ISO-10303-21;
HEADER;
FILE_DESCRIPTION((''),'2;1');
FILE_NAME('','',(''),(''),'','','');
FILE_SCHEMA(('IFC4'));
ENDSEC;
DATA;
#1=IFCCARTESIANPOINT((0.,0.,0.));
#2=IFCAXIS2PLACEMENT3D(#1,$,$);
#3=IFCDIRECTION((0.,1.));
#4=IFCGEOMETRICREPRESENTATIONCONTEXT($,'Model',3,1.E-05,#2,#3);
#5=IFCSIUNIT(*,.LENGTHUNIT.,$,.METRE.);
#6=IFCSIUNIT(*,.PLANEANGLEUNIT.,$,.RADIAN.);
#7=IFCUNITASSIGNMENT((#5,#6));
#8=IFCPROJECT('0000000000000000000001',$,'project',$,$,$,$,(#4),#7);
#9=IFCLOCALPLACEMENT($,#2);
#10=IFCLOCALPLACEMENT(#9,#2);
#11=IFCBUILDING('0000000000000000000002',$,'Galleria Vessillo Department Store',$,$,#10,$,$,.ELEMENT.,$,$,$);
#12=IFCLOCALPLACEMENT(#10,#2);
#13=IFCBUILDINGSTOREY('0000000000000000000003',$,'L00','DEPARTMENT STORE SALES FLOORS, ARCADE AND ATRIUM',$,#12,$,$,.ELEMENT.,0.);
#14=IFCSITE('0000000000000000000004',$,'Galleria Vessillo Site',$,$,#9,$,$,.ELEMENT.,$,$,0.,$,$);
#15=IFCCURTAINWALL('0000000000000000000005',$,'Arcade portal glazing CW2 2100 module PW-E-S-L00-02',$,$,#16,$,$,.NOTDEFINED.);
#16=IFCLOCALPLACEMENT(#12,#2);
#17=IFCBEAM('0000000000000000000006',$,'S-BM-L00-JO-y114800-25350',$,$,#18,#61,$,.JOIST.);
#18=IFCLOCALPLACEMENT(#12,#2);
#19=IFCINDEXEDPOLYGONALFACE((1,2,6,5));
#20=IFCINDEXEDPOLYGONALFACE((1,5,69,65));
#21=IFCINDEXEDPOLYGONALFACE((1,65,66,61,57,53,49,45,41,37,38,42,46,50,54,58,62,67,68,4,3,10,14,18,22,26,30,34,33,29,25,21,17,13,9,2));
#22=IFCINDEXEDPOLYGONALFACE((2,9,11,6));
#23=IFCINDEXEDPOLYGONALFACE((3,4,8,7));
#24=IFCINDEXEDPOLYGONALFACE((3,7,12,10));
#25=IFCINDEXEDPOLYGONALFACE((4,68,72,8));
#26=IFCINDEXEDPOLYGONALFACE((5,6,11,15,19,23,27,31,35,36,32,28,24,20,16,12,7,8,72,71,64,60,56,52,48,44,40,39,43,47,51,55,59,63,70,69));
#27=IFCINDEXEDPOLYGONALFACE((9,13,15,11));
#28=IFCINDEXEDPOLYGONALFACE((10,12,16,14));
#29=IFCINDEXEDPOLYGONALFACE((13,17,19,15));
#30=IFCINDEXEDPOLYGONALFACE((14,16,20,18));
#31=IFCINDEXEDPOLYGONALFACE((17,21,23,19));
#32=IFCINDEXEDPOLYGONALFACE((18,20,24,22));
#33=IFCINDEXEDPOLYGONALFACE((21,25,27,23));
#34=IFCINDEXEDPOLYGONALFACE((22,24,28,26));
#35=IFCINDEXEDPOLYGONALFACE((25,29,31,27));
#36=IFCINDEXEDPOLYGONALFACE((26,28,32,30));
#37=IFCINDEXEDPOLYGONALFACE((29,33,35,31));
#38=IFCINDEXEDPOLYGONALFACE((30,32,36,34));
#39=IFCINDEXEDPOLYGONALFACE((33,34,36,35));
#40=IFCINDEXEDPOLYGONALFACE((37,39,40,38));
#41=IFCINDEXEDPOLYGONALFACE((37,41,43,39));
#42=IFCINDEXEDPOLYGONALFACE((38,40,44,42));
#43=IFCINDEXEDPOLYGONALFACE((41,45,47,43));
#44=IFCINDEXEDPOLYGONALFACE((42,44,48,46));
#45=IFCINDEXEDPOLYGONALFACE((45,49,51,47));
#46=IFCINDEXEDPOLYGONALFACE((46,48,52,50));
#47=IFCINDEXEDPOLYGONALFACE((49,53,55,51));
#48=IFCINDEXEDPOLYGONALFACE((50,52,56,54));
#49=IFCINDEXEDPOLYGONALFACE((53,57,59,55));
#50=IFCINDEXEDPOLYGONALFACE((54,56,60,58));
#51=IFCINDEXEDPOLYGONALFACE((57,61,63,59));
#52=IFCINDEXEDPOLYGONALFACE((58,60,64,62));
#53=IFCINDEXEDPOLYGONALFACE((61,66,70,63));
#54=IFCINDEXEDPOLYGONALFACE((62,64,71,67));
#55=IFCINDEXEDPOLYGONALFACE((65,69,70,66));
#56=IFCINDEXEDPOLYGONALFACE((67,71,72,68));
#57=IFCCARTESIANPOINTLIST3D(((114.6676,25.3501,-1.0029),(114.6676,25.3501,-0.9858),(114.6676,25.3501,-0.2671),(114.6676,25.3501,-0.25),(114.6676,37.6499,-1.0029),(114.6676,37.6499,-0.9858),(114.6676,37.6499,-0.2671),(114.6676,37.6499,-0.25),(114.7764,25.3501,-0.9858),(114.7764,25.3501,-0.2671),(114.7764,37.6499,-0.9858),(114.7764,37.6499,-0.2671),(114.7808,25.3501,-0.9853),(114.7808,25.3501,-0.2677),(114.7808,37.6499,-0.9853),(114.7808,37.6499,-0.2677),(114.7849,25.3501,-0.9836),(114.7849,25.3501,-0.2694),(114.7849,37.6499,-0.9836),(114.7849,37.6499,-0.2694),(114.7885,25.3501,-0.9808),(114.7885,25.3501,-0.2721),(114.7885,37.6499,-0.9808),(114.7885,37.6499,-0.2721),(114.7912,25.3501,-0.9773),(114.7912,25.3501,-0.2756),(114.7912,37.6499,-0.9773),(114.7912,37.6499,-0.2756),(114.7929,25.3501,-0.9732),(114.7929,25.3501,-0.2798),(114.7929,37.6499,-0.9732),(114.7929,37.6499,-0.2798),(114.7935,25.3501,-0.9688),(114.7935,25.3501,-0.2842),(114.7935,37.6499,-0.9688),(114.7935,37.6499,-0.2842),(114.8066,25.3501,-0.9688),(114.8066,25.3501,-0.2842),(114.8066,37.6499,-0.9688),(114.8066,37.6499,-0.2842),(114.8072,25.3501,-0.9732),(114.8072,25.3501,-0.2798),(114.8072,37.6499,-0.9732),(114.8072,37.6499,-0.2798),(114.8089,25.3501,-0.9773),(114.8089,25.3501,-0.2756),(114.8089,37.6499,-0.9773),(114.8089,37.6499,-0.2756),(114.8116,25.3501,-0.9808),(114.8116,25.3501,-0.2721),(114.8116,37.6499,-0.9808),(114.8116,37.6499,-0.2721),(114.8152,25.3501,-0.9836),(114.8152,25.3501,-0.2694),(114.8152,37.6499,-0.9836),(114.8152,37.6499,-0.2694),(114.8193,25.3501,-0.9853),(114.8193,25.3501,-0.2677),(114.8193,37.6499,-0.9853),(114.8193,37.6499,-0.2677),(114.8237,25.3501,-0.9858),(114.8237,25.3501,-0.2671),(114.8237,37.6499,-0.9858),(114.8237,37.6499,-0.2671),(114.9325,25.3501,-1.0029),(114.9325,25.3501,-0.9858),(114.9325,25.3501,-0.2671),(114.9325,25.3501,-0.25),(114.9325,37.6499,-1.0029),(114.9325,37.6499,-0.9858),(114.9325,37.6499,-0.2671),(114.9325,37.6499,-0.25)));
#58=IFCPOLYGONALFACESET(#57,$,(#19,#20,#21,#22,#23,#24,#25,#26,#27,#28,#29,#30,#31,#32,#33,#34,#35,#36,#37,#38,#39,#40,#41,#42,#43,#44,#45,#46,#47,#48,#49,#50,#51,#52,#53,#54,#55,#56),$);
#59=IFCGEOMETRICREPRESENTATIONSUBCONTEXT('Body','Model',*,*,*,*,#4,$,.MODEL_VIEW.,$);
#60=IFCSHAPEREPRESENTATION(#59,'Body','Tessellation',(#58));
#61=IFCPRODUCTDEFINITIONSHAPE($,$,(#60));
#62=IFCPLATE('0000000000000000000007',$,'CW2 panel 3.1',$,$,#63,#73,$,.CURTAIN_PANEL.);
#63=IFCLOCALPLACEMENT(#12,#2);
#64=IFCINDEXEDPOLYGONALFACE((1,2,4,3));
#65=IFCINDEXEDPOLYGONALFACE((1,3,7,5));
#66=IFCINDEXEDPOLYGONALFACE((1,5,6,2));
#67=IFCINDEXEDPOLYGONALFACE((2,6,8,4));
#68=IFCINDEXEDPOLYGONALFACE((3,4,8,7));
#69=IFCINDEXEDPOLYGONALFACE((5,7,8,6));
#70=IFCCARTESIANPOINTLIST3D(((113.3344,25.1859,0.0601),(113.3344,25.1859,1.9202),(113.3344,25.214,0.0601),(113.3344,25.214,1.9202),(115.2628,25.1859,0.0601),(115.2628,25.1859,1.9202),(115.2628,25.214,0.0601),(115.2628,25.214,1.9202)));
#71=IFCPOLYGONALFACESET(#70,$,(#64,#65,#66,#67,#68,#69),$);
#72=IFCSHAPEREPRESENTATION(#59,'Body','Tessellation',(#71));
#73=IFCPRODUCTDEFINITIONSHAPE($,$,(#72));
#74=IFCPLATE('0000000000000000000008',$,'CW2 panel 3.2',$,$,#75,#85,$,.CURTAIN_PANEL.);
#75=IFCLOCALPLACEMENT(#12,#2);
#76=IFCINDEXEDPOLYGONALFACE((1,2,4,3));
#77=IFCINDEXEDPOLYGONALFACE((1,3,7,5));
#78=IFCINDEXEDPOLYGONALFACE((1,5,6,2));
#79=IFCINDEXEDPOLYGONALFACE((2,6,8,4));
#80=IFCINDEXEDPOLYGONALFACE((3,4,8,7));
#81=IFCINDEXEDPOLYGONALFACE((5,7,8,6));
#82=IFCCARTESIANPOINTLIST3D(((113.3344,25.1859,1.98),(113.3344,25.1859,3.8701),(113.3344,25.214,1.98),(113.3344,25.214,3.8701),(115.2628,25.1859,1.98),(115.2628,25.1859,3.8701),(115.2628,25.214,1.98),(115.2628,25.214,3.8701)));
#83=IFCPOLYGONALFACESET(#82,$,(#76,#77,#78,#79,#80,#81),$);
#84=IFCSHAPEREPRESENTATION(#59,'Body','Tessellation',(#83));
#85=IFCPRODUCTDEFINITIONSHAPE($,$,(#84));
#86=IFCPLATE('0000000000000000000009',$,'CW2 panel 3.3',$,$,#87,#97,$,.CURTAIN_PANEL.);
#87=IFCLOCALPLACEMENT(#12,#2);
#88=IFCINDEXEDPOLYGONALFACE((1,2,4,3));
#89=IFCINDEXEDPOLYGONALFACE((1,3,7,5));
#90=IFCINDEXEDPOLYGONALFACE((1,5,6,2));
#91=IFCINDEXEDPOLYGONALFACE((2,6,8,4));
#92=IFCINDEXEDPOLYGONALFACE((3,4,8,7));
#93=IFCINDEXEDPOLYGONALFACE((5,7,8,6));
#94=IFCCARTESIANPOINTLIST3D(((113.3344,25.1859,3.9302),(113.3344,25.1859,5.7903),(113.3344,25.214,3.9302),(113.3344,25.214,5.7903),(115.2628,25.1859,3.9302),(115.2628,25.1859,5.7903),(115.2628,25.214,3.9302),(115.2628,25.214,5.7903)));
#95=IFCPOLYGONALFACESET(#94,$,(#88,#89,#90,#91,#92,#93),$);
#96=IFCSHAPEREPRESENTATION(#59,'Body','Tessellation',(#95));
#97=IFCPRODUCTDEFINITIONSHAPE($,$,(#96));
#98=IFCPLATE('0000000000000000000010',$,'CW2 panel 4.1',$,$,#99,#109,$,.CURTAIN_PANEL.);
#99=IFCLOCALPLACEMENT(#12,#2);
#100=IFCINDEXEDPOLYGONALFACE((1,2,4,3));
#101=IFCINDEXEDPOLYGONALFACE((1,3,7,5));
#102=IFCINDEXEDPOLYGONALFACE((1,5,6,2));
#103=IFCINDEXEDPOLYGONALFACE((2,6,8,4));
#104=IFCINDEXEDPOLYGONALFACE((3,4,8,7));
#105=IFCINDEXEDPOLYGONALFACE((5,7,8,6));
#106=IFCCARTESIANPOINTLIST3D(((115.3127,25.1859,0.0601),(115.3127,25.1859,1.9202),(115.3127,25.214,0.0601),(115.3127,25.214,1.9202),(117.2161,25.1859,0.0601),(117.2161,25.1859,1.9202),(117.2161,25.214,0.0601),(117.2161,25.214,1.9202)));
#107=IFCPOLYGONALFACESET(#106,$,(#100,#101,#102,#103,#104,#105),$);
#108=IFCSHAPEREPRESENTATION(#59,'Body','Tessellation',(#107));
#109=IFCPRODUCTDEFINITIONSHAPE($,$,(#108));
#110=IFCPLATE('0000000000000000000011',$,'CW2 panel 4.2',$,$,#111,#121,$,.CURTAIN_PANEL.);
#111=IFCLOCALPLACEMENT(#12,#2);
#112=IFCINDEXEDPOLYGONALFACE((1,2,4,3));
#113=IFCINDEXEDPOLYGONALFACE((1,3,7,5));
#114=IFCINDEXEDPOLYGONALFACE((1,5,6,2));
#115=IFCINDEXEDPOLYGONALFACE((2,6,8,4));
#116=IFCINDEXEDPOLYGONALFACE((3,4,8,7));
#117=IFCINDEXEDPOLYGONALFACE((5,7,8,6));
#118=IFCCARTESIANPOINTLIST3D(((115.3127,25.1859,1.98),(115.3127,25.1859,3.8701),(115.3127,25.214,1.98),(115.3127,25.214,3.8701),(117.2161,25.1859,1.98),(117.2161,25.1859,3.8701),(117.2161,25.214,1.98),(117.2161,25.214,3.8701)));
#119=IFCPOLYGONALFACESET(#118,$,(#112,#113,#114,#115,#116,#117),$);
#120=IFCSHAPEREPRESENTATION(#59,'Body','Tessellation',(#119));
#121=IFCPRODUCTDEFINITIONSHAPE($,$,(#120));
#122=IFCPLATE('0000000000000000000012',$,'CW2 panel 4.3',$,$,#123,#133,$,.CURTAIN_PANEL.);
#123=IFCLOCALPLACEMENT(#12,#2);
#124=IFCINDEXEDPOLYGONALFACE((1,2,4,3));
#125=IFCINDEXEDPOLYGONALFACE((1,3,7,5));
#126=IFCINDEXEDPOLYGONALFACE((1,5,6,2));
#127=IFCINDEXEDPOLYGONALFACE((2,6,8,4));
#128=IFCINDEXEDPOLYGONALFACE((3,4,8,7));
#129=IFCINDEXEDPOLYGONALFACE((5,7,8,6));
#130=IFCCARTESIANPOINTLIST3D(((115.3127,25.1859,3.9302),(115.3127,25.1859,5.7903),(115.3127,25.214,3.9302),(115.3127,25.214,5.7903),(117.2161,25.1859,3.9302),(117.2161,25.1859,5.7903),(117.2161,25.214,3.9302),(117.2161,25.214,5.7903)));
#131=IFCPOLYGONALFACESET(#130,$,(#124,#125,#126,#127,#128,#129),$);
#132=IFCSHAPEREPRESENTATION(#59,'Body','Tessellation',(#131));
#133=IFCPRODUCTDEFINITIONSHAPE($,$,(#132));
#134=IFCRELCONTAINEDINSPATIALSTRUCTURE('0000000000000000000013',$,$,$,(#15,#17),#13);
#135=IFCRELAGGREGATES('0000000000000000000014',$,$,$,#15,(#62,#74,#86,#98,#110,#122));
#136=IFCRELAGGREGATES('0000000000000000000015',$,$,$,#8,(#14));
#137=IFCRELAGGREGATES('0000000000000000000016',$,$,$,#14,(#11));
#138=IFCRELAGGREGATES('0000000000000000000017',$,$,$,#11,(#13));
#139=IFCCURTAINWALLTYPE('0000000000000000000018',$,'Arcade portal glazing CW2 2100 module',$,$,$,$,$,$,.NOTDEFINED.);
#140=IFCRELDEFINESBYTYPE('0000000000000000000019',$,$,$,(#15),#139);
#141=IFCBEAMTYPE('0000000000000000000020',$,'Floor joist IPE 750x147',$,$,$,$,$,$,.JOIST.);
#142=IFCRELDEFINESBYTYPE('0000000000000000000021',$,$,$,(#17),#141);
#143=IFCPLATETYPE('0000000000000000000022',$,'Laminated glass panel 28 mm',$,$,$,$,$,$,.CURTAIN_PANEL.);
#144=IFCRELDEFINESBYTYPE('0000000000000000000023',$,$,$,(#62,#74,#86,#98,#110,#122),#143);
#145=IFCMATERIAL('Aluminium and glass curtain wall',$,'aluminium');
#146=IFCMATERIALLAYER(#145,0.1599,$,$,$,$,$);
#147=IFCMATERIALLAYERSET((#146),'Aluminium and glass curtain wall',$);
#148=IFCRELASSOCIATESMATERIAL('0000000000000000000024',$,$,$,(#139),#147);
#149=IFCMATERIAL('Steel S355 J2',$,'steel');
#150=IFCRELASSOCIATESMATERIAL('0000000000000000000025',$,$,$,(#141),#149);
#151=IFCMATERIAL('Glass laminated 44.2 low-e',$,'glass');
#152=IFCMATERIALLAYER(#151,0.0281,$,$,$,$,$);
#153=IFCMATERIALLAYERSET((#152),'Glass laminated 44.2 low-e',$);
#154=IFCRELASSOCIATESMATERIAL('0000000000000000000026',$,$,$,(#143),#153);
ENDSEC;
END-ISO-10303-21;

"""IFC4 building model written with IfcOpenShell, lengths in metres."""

from ifc_helpers import new_model, si_unit, direction, frame, origin, origin_2d, place, context, subcontext, project, spatial, rectangle, i_section, extrude, material, layer, layer_set, material_profile, profile_set, type_object, element, aggregate, save


model = new_model("IFC4")

# Units and contexts
model_context = context("Model", 3, precision=1e-05, world=origin(), true_north=direction((0.0, 1.0)))
body_context = subcontext(model_context, "Body", "Model", "MODEL_VIEW")
ifc_project = project(units=[si_unit("LENGTHUNIT", "METRE"), si_unit("PLANEANGLEUNIT", "RADIAN")], contexts=[model_context])

# Site, building, storey
site_placement = place(None, origin())
site = spatial("IfcSite", under=ifc_project, at=site_placement, Name="Galleria Vessillo Site", CompositionType="ELEMENT", RefElevation=0.0)
building_placement = place(site_placement, origin())
building = spatial("IfcBuilding", under=site, at=building_placement, Name="Galleria Vessillo Department Store", CompositionType="ELEMENT")
storey_placement = place(building_placement, origin())
storey = spatial("IfcBuildingStorey", under=building, at=storey_placement, Name="L00", Description="DEPARTMENT STORE SALES FLOORS, ARCADE AND ATRIUM", CompositionType="ELEMENT", Elevation=0.0)

# Curtain wall
ifc_material_1 = material(Name="Aluminium and glass curtain wall", Category="aluminium")
ifc_layer_1 = layer(ifc_material_1, 0.1599)
ifc_layer_set_1 = layer_set([ifc_layer_1], Name="Aluminium and glass curtain wall")
curtain_wall_type = type_object("IfcCurtainWallType", Name="Arcade portal glazing CW2 2100 module", PredefinedType="NOTDEFINED", material=ifc_layer_set_1)
curtain_wall_placement = place(storey_placement, origin())
curtain_wall = element("IfcCurtainWall", 1, at=curtain_wall_placement, inside=storey, type_object=curtain_wall_type, Name="Arcade portal glazing CW2 2100 module PW-E-S-L00-02", PredefinedType="NOTDEFINED")

# Beam
ifc_material_2 = material(Name="Steel S355 J2", Category="steel")
ifc_material_profile_1 = material_profile(ifc_material_2, i_section(OverallWidth=0.2649, OverallDepth=0.7529, WebThickness=0.0132, FlangeThickness=0.0171, FilletRadius=0.0171, at=origin_2d()), Name="IPE 750x147")
ifc_profile_set_1 = profile_set([ifc_material_profile_1], Name="Steel S355 J2")
beam_type = type_object("IfcBeamType", Name="Floor joist IPE 750x147", PredefinedType="JOIST", material=ifc_profile_set_1)
beam_placement = place(storey_placement, frame((114.8, 25.3501, -0.6265), z_axis=(0.0, 1.0, 0.0), x_axis=(-1.0, 0.0, 0.0)))
element("IfcBeam", 2, at=beam_placement, inside=storey, type_object=beam_type, Name="S-BM-L00-JO-y114800-25350", PredefinedType="JOIST", context=body_context, shape_type="SweptSolid", body=[
    extrude(i_section(OverallWidth=0.2649, OverallDepth=0.7529, WebThickness=0.0132, FlangeThickness=0.0171, FilletRadius=0.0171, at=origin_2d()), origin(), (0.0, 0.0, 1.0), 12.2998),
])

# Plates
ifc_material_3 = material(Name="Glass laminated 44.2 low-e", Category="glass")
ifc_layer_2 = layer(ifc_material_3, 0.0281)
ifc_layer_set_2 = layer_set([ifc_layer_2], Name="Glass laminated 44.2 low-e")
plate_type = type_object("IfcPlateType", Name="Laminated glass panel 28 mm", PredefinedType="CURTAIN_PANEL", material=ifc_layer_set_2)
plate_1_placement = place(storey_placement, frame((114.2986, 25.2, 0.0601), z_axis=(0.0, 0.0, 1.0), x_axis=(1.0, 0.0, 0.0)))
plate_1 = element("IfcPlate", 3, at=plate_1_placement, type_object=plate_type, Name="CW2 panel 3.1", PredefinedType="CURTAIN_PANEL", context=body_context, shape_type="SweptSolid", body=[
    extrude(rectangle(XDim=1.9285, YDim=0.0281, at=origin_2d()), origin(), (0.0, 0.0, 1.0), 1.8601),
])
plate_2_placement = place(storey_placement, frame((114.2986, 25.2, 1.98), z_axis=(0.0, 0.0, 1.0), x_axis=(1.0, 0.0, 0.0)))
plate_2 = element("IfcPlate", 4, at=plate_2_placement, type_object=plate_type, Name="CW2 panel 3.2", PredefinedType="CURTAIN_PANEL", context=body_context, shape_type="SweptSolid", body=[
    extrude(rectangle(XDim=1.9285, YDim=0.0281, at=origin_2d()), origin(), (0.0, 0.0, 1.0), 1.8901),
])
plate_3_placement = place(storey_placement, frame((114.2986, 25.2, 3.9302), z_axis=(0.0, 0.0, 1.0), x_axis=(1.0, 0.0, 0.0)))
plate_3 = element("IfcPlate", 5, at=plate_3_placement, type_object=plate_type, Name="CW2 panel 3.3", PredefinedType="CURTAIN_PANEL", context=body_context, shape_type="SweptSolid", body=[
    extrude(rectangle(XDim=1.9285, YDim=0.0281, at=origin_2d()), origin(), (0.0, 0.0, 1.0), 1.8601),
])
plate_4_placement = place(storey_placement, frame((116.2644, 25.2, 0.0601), z_axis=(0.0, 0.0, 1.0), x_axis=(1.0, 0.0, 0.0)))
plate_4 = element("IfcPlate", 6, at=plate_4_placement, type_object=plate_type, Name="CW2 panel 4.1", PredefinedType="CURTAIN_PANEL", context=body_context, shape_type="SweptSolid", body=[
    extrude(rectangle(XDim=1.9033, YDim=0.0281, at=origin_2d()), origin(), (0.0, 0.0, 1.0), 1.8601),
])
plate_5_placement = place(storey_placement, frame((116.2644, 25.2, 1.98), z_axis=(0.0, 0.0, 1.0), x_axis=(1.0, 0.0, 0.0)))
plate_5 = element("IfcPlate", 7, at=plate_5_placement, type_object=plate_type, Name="CW2 panel 4.2", PredefinedType="CURTAIN_PANEL", context=body_context, shape_type="SweptSolid", body=[
    extrude(rectangle(XDim=1.9033, YDim=0.0281, at=origin_2d()), origin(), (0.0, 0.0, 1.0), 1.8901),
])
plate_6_placement = place(storey_placement, frame((116.2644, 25.2, 3.9302), z_axis=(0.0, 0.0, 1.0), x_axis=(1.0, 0.0, 0.0)))
plate_6 = element("IfcPlate", 8, at=plate_6_placement, type_object=plate_type, Name="CW2 panel 4.3", PredefinedType="CURTAIN_PANEL", context=body_context, shape_type="SweptSolid", body=[
    extrude(rectangle(XDim=1.9033, YDim=0.0281, at=origin_2d()), origin(), (0.0, 0.0, 1.0), 1.8601),
])
aggregate(curtain_wall, [plate_1, plate_2, plate_3, plate_4, plate_5, plate_6])

save(model, "model.ifc")
